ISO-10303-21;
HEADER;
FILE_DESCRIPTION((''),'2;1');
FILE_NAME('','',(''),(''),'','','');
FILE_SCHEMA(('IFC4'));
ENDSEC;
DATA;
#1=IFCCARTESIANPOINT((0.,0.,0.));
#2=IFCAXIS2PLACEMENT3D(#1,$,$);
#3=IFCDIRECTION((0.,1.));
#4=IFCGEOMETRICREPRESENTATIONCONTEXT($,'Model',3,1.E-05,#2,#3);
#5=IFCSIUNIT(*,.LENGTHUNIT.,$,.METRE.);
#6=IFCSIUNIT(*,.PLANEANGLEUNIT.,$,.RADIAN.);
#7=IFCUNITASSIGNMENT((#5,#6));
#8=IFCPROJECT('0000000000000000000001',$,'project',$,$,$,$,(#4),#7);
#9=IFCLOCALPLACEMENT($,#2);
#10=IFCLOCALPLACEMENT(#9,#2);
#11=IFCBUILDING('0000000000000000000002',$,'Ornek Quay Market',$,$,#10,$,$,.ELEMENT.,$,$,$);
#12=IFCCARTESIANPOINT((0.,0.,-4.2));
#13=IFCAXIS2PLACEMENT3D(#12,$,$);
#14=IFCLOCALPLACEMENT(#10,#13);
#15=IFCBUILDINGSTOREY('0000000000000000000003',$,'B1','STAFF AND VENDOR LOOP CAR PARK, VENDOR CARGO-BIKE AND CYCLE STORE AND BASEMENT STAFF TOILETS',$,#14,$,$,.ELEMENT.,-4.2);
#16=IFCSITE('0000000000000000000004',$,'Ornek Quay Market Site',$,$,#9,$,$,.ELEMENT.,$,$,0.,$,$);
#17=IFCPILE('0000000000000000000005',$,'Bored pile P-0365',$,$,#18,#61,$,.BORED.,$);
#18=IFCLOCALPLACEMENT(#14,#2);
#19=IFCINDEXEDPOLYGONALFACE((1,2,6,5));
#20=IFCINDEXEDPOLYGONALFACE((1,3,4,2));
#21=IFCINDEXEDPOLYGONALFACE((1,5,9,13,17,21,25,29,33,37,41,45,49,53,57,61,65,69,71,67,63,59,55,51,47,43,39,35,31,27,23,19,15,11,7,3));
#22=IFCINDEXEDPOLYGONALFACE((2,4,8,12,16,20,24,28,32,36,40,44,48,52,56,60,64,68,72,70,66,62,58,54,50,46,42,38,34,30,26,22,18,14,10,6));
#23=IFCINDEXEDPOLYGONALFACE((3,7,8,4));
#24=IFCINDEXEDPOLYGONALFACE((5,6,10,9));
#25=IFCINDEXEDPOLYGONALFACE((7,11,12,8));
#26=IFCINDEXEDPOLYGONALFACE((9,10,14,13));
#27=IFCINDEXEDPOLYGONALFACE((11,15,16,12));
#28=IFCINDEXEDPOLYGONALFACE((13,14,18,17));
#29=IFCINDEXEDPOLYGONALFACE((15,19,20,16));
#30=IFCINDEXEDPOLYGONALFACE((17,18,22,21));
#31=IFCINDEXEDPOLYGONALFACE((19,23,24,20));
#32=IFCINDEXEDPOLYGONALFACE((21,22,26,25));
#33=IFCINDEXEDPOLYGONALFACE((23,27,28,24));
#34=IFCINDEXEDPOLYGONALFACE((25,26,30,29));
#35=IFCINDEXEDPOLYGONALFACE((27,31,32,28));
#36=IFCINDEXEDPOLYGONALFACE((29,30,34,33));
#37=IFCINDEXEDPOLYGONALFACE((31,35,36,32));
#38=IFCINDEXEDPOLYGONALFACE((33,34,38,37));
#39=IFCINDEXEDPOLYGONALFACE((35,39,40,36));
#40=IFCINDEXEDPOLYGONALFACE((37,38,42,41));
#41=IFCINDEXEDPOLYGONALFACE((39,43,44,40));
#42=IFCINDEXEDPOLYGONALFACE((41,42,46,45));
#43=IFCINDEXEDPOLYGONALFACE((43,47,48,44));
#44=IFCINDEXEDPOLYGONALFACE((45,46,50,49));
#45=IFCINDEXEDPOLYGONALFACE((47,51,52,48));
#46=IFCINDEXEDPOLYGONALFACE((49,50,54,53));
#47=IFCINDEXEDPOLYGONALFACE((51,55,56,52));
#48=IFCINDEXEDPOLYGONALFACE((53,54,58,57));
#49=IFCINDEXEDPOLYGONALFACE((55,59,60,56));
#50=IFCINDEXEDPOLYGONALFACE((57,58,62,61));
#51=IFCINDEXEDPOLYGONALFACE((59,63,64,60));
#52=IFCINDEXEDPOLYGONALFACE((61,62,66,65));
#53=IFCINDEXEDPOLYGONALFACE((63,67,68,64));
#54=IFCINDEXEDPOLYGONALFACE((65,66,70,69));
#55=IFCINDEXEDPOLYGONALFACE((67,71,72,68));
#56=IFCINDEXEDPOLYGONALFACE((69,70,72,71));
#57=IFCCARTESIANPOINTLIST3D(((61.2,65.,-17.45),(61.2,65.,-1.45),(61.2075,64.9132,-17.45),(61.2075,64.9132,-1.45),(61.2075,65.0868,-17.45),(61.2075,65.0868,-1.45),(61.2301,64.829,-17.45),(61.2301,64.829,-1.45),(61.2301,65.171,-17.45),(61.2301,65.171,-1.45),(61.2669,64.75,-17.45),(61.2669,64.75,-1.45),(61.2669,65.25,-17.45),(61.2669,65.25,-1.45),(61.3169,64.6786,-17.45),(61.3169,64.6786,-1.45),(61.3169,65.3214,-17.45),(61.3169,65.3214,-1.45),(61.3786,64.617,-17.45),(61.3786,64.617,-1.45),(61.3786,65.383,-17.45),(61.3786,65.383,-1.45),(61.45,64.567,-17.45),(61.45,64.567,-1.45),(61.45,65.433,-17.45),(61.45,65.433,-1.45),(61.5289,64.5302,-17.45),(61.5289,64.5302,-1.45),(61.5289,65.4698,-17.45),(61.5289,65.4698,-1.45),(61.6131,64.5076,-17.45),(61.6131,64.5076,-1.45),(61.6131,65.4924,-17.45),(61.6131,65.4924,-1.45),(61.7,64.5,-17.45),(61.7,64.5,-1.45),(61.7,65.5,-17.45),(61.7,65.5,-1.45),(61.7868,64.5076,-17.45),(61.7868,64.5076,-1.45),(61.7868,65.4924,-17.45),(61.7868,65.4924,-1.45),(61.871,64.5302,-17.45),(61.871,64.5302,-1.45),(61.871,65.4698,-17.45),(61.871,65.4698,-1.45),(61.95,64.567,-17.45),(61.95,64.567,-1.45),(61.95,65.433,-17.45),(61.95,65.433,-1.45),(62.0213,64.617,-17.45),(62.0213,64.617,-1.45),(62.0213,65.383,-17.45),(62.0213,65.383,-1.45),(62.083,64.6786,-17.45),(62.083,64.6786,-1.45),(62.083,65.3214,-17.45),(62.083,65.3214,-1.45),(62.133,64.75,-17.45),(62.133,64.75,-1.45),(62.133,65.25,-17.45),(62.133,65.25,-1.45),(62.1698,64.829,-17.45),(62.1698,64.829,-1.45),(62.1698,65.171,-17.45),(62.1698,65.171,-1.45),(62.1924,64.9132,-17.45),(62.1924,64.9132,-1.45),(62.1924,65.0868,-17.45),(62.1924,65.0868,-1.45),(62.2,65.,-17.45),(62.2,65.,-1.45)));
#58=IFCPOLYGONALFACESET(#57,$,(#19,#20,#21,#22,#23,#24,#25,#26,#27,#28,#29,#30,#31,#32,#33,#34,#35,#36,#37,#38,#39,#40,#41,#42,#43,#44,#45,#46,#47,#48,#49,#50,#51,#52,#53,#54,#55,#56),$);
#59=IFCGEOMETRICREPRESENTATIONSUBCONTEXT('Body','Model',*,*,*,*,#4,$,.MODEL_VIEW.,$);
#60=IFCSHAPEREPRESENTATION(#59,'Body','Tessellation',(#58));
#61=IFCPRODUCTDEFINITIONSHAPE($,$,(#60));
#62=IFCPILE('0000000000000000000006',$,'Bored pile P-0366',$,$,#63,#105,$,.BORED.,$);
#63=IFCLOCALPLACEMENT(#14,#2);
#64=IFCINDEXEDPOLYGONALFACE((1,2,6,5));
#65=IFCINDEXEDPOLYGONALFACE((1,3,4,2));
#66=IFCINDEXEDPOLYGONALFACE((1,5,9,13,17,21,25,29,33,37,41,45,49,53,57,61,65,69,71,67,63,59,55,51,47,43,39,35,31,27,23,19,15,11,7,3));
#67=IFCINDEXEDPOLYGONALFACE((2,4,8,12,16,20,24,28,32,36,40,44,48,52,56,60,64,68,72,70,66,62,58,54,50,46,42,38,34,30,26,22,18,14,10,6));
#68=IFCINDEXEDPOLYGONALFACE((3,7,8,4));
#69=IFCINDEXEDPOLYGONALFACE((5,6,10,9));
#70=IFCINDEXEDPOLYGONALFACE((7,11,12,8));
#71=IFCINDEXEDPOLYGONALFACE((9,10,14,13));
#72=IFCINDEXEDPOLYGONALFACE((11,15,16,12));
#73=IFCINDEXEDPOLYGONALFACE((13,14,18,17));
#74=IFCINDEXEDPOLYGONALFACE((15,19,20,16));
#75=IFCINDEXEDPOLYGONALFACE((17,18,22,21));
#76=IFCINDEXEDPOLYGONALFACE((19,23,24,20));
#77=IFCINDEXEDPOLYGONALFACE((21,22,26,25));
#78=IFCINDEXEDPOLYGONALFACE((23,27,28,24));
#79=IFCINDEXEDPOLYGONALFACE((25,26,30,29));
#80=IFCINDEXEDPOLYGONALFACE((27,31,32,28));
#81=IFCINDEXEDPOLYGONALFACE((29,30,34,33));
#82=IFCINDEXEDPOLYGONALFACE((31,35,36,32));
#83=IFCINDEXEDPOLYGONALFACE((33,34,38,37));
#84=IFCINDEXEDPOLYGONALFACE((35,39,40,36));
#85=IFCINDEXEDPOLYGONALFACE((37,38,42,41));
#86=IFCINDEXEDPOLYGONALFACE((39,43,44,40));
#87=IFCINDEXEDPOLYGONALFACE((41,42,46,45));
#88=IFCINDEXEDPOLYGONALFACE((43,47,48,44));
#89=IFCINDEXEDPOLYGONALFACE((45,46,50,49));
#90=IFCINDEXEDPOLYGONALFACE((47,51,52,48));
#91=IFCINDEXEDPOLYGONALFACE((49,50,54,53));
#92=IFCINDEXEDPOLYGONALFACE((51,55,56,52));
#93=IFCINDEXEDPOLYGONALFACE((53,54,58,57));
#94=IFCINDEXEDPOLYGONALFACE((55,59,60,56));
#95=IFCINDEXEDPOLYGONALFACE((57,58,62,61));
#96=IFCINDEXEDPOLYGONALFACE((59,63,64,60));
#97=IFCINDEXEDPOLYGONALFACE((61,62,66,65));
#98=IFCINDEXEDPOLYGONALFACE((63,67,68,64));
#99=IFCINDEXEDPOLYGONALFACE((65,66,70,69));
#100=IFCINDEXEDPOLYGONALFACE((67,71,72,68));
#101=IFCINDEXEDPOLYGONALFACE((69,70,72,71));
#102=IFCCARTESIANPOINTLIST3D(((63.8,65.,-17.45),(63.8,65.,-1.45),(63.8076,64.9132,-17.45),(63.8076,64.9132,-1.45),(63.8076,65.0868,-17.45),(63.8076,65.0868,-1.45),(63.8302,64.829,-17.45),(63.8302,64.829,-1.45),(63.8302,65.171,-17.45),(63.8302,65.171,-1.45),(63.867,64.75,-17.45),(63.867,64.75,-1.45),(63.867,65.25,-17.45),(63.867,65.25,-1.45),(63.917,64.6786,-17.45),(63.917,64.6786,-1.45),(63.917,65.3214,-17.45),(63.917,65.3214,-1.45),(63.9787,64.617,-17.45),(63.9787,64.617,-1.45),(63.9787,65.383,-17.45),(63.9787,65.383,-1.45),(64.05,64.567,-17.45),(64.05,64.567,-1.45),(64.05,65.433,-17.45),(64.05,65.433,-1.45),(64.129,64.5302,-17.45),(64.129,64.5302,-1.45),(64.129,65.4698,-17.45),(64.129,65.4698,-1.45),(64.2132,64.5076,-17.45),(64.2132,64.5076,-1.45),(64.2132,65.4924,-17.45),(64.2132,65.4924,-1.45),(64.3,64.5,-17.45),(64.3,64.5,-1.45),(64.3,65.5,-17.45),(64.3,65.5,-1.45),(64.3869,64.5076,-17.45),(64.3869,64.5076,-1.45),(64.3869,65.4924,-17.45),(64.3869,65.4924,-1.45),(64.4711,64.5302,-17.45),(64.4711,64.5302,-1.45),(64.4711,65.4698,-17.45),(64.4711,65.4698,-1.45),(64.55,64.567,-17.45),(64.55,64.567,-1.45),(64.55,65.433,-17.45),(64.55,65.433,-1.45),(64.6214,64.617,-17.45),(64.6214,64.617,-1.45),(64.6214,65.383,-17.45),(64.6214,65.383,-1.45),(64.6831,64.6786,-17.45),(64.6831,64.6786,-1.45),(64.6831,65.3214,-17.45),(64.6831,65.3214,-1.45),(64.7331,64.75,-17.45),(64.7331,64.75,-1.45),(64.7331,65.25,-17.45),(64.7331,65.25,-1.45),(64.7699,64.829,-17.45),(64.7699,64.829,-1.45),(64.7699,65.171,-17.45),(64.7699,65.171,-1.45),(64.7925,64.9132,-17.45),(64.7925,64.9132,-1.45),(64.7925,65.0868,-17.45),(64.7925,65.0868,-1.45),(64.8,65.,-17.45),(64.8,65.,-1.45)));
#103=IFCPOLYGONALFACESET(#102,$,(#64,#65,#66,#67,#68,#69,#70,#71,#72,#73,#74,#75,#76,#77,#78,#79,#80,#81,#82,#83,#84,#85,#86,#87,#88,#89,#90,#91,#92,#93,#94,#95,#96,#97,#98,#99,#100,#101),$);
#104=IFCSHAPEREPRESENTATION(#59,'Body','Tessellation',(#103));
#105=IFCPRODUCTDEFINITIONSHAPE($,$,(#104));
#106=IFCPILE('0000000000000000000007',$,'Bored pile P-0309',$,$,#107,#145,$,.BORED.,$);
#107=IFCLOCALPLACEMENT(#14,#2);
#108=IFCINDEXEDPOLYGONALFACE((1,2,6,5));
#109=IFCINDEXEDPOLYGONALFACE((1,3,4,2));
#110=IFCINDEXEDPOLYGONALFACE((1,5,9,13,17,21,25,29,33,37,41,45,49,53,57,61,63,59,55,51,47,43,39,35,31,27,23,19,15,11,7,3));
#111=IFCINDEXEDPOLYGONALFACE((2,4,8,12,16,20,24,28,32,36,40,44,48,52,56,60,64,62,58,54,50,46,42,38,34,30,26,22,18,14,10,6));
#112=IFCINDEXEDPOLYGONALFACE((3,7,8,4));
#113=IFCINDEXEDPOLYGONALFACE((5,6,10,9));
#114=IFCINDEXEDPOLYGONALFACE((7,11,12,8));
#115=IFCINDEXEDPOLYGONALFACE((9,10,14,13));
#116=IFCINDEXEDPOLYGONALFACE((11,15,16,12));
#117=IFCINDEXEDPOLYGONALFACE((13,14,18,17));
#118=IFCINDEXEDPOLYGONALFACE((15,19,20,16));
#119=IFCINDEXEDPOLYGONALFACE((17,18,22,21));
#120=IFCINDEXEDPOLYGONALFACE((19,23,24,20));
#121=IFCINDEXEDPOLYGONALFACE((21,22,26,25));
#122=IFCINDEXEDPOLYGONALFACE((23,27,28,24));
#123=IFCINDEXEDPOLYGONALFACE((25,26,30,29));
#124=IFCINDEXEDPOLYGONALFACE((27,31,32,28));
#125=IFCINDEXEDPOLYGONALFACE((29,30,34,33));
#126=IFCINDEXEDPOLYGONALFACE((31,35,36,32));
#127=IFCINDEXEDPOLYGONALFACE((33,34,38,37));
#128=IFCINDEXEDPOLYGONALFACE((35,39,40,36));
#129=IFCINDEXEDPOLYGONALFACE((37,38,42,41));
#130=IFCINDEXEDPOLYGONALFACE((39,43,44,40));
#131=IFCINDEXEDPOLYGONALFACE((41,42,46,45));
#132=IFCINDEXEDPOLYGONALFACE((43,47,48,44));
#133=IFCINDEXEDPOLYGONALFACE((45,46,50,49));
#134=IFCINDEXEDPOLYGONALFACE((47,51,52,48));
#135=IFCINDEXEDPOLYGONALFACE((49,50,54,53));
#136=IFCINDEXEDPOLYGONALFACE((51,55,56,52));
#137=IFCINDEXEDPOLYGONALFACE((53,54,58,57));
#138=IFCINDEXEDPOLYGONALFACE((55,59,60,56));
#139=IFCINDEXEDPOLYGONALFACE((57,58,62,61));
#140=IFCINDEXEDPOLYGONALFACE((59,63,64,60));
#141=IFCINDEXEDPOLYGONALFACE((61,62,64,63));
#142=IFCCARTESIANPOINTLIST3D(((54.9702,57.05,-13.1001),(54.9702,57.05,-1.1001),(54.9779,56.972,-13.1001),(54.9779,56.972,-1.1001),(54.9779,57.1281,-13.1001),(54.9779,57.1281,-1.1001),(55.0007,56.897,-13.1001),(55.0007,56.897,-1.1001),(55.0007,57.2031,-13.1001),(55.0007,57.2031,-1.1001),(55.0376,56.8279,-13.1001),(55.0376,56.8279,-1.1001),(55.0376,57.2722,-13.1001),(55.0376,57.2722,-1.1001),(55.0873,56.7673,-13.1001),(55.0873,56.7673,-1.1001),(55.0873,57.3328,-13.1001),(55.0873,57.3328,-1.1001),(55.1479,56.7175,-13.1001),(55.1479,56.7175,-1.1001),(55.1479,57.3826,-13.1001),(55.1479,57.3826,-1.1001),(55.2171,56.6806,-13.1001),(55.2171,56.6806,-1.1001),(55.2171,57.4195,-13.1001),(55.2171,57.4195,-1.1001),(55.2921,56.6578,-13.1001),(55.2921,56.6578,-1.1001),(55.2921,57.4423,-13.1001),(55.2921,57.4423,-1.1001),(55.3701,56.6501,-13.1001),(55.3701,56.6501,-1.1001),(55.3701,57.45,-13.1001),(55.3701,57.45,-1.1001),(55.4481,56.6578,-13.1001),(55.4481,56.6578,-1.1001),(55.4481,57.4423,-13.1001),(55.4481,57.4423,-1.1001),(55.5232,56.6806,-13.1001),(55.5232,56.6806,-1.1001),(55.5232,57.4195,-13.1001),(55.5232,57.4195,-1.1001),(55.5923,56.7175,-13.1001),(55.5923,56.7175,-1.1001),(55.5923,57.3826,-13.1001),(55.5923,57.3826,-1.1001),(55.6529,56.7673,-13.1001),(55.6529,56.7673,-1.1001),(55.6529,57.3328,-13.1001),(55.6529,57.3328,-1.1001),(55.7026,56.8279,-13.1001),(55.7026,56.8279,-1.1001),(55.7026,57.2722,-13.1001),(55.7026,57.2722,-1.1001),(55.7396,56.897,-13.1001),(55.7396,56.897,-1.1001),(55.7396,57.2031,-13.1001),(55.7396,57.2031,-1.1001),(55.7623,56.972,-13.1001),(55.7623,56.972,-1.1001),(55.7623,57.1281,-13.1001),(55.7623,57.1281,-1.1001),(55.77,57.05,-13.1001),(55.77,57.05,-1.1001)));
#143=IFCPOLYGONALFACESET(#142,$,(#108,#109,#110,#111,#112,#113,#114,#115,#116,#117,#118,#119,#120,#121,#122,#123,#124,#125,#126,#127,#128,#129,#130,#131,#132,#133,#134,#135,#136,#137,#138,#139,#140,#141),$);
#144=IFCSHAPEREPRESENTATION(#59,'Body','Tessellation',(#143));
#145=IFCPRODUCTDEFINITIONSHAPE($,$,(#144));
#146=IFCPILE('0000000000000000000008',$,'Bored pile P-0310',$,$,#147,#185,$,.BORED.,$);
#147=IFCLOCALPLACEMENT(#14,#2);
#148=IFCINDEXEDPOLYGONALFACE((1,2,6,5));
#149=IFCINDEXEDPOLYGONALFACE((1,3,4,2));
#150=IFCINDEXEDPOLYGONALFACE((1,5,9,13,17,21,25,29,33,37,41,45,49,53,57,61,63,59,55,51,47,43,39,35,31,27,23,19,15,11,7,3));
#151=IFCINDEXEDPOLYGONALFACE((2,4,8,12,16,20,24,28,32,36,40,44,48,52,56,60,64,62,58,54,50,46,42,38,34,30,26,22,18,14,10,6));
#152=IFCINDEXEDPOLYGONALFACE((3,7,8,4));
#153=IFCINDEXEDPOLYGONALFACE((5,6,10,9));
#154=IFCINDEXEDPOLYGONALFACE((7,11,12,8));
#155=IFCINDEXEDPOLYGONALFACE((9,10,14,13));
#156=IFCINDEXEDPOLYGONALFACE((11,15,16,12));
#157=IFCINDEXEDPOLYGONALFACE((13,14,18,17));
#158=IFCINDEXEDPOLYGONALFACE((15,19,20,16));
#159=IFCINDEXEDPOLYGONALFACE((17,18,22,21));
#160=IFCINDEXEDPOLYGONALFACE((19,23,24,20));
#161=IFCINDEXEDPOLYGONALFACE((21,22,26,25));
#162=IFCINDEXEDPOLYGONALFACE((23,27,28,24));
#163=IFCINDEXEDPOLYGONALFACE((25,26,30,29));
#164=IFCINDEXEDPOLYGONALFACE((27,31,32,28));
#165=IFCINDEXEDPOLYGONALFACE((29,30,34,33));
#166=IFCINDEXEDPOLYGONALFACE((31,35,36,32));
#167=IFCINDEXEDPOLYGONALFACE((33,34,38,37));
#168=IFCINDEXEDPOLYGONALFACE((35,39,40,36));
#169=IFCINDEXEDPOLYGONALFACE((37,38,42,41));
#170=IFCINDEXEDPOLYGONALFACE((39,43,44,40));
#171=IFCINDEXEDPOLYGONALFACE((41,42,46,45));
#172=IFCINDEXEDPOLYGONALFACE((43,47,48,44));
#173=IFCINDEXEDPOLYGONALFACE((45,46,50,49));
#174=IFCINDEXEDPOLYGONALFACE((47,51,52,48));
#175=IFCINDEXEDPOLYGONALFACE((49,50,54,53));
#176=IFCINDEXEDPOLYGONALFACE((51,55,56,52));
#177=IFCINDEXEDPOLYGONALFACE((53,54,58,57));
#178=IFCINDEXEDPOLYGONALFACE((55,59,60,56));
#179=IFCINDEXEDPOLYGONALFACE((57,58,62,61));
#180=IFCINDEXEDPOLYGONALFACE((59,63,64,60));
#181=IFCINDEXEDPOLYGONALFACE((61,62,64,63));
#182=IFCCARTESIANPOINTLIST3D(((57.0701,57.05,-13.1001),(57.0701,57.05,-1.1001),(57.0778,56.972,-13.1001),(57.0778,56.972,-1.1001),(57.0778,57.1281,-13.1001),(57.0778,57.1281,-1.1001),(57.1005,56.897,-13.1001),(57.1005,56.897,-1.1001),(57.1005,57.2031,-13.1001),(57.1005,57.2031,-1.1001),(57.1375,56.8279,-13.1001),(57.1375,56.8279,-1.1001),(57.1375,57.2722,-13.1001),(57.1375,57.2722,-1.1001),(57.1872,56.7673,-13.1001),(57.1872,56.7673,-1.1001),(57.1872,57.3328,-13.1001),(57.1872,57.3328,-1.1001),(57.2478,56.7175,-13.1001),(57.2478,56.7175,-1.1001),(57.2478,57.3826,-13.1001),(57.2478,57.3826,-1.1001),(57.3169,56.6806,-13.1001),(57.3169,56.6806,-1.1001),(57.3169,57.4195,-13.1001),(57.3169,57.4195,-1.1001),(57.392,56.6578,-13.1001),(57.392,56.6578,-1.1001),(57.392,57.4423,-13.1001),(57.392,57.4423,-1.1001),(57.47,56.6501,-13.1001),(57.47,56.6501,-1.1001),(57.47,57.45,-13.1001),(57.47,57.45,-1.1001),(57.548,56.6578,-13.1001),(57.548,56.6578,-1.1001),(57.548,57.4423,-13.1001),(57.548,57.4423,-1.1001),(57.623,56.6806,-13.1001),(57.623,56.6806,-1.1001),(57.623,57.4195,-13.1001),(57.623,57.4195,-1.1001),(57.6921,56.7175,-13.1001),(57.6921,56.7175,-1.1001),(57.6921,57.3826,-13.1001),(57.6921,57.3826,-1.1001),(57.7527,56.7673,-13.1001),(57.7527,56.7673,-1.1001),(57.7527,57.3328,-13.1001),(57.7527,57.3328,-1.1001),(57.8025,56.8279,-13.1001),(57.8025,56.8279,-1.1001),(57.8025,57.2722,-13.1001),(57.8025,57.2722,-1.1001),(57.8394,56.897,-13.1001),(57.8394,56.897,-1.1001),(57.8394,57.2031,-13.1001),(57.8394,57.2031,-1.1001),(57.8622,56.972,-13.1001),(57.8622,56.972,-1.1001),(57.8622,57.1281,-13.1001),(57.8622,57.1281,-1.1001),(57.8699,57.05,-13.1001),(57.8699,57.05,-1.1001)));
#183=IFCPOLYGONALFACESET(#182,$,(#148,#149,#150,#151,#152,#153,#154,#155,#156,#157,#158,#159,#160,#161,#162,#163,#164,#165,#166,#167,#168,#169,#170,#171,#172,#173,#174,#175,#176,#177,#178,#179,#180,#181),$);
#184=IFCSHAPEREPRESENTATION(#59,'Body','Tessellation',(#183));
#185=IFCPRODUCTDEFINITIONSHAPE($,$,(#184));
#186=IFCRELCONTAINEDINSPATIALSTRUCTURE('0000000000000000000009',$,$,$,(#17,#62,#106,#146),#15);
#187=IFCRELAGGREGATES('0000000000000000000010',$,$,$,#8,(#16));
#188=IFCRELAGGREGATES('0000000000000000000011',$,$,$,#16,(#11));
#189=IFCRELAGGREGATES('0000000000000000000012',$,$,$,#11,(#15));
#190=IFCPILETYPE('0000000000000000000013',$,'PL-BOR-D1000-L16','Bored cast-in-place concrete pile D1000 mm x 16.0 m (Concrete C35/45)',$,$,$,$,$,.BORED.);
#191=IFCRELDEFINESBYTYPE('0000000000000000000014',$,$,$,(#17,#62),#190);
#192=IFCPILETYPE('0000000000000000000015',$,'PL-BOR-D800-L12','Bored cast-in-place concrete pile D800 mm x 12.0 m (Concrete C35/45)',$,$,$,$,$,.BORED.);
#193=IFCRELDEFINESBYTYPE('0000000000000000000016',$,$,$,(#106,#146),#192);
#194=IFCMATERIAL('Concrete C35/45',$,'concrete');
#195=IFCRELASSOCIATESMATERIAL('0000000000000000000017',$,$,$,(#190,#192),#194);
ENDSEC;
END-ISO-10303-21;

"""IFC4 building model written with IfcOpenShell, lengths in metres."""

from ifc_helpers import new_model, si_unit, direction, frame, origin, origin_2d, place, context, subcontext, project, spatial, circle, extrude, material, material_profile, profile_set, type_object, element, save


model = new_model("IFC4")

# Units and contexts
model_context = context("Model", 3, precision=1e-05, world=origin(), true_north=direction((0.0, 1.0)))
body_context = subcontext(model_context, "Body", "Model", "MODEL_VIEW")
ifc_project = project(units=[si_unit("LENGTHUNIT", "METRE"), si_unit("PLANEANGLEUNIT", "RADIAN")], contexts=[model_context])

# Site, building, storey
site_placement = place(None, origin())
site = spatial("IfcSite", under=ifc_project, at=site_placement, Name="Ornek Quay Market Site", CompositionType="ELEMENT", RefElevation=0.0)
building_placement = place(site_placement, origin())
building = spatial("IfcBuilding", under=site, at=building_placement, Name="Ornek Quay Market", CompositionType="ELEMENT")
storey_placement = place(building_placement, frame((0.0, 0.0, -4.2)))
storey = spatial("IfcBuildingStorey", under=building, at=storey_placement, Name="B1", Description="STAFF AND VENDOR LOOP CAR PARK, VENDOR CARGO-BIKE AND CYCLE STORE AND BASEMENT STAFF TOILETS", CompositionType="ELEMENT", Elevation=-4.2)

# Piles
ifc_material_1 = material(Name="Concrete C35/45", Category="concrete")
ifc_material_profile_1 = material_profile(ifc_material_1, circle(Radius=0.5, at=origin_2d()), Name="PILE D1000", Category="concrete")
ifc_profile_set_1 = profile_set([ifc_material_profile_1], Name="Concrete C35/45")
pile_type_1 = type_object("IfcPileType", Name="PL-BOR-D1000-L16", Description="Bored cast-in-place concrete pile D1000 mm x 16.0 m (Concrete C35/45)", PredefinedType="BORED", material=ifc_profile_set_1)
for number, where, z_axis, x_axis, name in (
    (1, (61.7, 65.0, -1.45), (0.0, 0.0, -1.0), (1.0, 0.0, 0.0), "Bored pile P-0365"),
    (2, (64.3, 65.0, -1.45), (0.0, 0.0, -1.0), (1.0, 0.0, 0.0), "Bored pile P-0366"),
):
    element("IfcPile", number, at=place(storey_placement, frame(where, z_axis=z_axis, x_axis=x_axis)), inside=storey, type_object=pile_type_1, Name=name, PredefinedType="BORED", context=body_context, shape_type="SweptSolid", body=[
        extrude(circle(Radius=0.5, at=origin_2d()), origin(), (0.0, 0.0, 1.0), 16.0),
    ])
ifc_material_profile_2 = material_profile(ifc_material_1, circle(Radius=0.3999, at=origin_2d()), Name="PILE D800", Category="concrete")
ifc_profile_set_2 = profile_set([ifc_material_profile_2], Name="Concrete C35/45")
pile_type_2 = type_object("IfcPileType", Name="PL-BOR-D800-L12", Description="Bored cast-in-place concrete pile D800 mm x 12.0 m (Concrete C35/45)", PredefinedType="BORED", material=ifc_profile_set_2)
for number, where, z_axis, x_axis, name in (
    (3, (55.3701, 57.05, -1.1001), (0.0, 0.0, -1.0), (1.0, 0.0, 0.0), "Bored pile P-0309"),
    (4, (57.47, 57.05, -1.1001), (0.0, 0.0, -1.0), (1.0, 0.0, 0.0), "Bored pile P-0310"),
):
    element("IfcPile", number, at=place(storey_placement, frame(where, z_axis=z_axis, x_axis=x_axis)), inside=storey, type_object=pile_type_2, Name=name, PredefinedType="BORED", context=body_context, shape_type="SweptSolid", body=[
        extrude(circle(Radius=0.3999, at=origin_2d()), origin(), (0.0, 0.0, 1.0), 12.0),
    ])

save(model, "model.ifc")
